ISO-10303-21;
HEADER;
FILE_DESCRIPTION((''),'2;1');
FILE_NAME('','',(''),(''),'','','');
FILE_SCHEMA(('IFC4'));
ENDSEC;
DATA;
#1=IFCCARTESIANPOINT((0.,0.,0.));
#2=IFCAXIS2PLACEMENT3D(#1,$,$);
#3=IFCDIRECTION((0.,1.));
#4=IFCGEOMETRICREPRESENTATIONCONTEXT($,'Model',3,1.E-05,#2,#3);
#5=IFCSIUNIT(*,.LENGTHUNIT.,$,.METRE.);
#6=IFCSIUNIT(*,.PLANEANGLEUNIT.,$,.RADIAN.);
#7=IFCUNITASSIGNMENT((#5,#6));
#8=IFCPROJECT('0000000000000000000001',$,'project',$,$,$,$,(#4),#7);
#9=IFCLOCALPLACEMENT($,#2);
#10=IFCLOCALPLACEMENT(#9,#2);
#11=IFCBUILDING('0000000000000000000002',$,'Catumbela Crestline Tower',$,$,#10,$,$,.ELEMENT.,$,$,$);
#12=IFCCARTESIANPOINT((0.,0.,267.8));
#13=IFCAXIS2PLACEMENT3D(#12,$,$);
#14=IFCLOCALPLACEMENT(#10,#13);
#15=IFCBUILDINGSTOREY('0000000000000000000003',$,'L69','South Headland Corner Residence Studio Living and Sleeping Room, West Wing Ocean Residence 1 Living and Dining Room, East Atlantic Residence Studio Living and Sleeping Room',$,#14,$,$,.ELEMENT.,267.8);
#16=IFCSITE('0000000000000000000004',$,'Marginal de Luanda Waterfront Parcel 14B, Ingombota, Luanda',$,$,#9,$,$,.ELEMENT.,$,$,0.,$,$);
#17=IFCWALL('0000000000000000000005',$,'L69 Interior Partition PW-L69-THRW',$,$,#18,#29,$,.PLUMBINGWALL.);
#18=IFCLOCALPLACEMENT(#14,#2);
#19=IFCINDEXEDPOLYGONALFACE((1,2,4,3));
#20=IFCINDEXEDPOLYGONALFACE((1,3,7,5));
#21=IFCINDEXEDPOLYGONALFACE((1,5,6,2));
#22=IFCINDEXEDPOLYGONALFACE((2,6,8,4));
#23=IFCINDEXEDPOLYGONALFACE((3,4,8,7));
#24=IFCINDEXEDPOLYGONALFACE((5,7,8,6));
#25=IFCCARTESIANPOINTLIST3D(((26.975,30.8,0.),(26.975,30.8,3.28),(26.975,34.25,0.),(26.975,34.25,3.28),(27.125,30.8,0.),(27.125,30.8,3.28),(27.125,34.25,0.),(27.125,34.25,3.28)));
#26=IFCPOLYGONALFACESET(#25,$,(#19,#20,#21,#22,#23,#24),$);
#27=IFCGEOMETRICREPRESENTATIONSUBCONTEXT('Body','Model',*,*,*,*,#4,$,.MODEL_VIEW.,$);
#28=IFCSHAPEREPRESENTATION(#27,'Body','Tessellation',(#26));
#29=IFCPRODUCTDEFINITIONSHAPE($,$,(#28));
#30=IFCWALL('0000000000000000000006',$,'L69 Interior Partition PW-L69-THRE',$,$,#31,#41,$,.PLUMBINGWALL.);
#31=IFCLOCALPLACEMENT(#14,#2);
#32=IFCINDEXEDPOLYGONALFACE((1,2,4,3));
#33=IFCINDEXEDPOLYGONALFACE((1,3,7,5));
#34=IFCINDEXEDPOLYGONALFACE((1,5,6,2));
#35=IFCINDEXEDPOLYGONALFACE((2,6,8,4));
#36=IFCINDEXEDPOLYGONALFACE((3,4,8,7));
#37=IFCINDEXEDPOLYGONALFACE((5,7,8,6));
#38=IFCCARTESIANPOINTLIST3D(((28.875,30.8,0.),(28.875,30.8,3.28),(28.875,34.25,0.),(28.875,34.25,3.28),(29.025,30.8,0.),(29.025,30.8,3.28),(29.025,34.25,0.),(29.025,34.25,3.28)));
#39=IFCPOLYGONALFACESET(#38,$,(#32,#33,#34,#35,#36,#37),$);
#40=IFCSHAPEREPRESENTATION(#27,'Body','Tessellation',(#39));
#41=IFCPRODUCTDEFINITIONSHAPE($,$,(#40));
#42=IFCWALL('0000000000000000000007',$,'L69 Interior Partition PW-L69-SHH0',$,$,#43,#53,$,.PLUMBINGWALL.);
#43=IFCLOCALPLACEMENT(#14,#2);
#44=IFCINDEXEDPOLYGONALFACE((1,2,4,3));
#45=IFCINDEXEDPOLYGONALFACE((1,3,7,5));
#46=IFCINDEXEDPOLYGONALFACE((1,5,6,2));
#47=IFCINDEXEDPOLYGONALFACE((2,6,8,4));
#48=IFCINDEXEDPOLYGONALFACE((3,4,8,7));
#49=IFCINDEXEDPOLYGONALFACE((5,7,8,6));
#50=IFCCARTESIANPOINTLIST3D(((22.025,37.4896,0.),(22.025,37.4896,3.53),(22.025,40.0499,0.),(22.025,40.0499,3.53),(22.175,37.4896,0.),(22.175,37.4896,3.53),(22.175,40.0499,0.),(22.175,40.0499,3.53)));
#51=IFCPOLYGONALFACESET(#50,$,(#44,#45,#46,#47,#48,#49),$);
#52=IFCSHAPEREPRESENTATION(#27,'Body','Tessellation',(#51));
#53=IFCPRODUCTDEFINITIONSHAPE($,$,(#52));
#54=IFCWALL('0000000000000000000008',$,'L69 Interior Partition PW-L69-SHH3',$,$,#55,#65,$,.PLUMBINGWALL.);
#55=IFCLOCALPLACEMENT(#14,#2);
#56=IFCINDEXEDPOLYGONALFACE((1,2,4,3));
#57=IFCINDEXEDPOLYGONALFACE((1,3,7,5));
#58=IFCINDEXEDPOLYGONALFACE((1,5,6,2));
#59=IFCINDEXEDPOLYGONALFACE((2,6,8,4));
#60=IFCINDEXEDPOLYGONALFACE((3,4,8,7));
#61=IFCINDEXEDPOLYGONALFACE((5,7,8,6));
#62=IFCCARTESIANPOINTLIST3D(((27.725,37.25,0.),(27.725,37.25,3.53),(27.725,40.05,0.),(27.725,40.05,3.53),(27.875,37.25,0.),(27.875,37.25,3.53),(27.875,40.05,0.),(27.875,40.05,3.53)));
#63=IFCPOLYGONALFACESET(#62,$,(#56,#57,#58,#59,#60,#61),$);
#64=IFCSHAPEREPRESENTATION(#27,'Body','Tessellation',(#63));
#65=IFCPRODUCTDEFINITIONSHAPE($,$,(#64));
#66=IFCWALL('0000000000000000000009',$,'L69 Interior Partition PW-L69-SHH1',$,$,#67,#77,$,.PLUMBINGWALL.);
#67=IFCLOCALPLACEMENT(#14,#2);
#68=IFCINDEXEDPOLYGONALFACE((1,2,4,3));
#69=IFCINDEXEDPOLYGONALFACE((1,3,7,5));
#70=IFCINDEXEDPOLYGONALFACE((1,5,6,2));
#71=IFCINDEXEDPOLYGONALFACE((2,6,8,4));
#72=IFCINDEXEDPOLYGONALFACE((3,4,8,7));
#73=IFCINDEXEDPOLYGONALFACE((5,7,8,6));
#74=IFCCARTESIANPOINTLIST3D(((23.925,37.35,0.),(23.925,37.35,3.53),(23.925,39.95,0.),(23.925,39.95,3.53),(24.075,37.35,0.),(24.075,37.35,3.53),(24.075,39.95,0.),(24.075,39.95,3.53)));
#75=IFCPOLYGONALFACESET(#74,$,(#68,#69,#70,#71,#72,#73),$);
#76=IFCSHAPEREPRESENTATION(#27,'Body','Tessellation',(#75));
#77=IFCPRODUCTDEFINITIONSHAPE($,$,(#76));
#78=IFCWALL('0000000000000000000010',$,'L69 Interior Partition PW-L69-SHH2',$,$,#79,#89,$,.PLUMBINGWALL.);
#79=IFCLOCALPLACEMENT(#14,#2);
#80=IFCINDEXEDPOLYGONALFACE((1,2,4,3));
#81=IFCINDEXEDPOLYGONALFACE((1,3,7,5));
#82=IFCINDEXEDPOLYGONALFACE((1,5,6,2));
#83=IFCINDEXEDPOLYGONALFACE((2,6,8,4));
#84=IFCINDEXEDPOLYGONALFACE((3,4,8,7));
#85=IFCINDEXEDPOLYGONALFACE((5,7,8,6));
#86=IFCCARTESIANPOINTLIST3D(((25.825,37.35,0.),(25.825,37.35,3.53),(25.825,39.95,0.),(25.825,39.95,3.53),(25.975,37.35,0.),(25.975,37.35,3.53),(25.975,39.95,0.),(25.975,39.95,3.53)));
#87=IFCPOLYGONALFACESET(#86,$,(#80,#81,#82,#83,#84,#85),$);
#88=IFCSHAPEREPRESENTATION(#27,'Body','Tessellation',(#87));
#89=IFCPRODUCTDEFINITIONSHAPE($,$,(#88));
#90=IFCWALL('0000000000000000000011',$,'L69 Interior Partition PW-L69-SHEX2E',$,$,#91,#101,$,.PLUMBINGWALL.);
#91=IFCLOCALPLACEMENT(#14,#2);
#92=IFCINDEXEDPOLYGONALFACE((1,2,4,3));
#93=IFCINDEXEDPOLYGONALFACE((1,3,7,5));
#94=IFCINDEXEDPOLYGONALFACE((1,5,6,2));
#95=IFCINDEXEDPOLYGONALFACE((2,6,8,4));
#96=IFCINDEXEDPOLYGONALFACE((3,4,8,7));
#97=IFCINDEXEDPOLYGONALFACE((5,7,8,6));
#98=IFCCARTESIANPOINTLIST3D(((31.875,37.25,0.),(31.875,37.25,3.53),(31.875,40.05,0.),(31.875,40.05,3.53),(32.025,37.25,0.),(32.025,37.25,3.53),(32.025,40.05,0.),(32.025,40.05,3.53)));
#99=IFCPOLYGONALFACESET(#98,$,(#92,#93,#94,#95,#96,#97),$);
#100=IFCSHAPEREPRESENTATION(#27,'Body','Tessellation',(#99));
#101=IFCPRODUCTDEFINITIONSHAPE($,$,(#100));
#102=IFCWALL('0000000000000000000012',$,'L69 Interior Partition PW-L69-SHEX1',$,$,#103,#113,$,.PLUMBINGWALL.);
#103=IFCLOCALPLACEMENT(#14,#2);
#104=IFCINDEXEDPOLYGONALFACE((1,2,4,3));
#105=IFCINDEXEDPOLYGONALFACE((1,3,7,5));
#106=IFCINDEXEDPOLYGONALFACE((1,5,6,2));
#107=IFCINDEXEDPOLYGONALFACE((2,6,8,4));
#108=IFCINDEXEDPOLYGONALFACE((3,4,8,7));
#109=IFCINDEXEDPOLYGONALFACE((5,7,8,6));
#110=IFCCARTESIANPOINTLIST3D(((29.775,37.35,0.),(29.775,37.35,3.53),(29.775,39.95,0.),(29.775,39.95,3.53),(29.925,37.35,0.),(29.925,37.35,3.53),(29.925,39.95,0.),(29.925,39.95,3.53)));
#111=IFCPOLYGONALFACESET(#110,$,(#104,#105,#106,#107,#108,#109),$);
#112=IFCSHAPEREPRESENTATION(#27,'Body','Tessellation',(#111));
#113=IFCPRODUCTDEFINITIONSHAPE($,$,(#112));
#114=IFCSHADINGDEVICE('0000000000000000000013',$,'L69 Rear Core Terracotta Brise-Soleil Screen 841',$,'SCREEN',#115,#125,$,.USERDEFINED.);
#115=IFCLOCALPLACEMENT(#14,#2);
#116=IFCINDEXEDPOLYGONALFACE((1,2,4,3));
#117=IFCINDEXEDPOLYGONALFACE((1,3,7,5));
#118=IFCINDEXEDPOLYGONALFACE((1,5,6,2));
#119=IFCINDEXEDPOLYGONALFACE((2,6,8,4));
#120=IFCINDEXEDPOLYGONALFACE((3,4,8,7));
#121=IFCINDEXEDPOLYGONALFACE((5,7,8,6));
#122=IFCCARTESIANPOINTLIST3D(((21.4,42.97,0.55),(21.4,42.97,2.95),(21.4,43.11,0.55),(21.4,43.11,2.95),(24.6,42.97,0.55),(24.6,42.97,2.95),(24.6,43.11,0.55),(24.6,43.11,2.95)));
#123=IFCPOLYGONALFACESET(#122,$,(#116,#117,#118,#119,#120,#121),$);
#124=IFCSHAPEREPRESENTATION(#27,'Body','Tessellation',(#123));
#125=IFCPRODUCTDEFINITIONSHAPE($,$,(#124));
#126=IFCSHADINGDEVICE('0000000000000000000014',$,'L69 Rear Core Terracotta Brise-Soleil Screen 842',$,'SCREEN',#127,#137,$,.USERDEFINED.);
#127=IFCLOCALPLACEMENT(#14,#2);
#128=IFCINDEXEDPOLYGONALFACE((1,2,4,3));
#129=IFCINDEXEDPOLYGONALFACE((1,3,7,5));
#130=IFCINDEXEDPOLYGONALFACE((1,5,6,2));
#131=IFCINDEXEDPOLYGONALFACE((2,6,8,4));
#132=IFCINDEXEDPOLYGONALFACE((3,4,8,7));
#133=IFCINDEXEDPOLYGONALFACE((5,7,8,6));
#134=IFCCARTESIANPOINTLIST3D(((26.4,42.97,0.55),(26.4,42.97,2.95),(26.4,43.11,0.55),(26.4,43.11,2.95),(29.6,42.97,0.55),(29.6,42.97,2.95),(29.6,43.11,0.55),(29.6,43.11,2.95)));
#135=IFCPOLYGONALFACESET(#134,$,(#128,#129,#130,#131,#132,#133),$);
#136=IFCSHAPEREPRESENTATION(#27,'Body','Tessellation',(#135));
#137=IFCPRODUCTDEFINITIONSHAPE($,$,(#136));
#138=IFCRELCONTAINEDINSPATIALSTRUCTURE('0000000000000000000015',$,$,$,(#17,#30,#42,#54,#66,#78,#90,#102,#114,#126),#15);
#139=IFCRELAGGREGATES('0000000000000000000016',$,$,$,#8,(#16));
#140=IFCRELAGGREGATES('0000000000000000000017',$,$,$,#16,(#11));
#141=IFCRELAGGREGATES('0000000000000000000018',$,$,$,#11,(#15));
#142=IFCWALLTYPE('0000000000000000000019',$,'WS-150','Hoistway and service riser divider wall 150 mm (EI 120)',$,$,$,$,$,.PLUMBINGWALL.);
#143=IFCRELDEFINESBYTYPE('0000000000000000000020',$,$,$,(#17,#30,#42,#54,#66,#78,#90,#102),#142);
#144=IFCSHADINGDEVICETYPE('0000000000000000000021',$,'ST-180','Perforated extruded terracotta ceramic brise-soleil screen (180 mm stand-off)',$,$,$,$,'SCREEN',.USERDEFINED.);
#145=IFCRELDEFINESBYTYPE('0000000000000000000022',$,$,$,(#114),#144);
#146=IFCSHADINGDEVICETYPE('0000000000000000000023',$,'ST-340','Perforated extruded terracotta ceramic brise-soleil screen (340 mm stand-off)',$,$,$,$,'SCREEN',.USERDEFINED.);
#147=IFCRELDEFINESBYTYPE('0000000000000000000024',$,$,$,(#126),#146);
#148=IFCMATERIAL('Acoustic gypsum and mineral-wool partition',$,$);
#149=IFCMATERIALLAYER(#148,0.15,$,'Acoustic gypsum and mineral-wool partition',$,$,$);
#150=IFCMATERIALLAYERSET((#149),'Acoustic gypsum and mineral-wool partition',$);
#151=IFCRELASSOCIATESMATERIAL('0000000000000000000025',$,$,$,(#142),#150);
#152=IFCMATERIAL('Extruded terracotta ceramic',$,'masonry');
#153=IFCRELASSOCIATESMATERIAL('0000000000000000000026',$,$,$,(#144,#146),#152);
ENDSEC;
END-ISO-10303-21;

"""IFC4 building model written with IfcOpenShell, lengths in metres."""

from ifc_helpers import new_model, si_unit, direction, frame, frame_2d, origin, origin_2d, place, context, subcontext, project, spatial, rectangle, extrude, material, layer, layer_set, type_object, element, save


model = new_model("IFC4")

# Units and contexts
model_context = context("Model", 3, precision=1e-05, world=origin(), true_north=direction((0.0, 1.0)))
body_context = subcontext(model_context, "Body", "Model", "MODEL_VIEW")
ifc_project = project(units=[si_unit("LENGTHUNIT", "METRE"), si_unit("PLANEANGLEUNIT", "RADIAN")], contexts=[model_context])

# Site, building, storey
site_placement = place(None, origin())
site = spatial("IfcSite", under=ifc_project, at=site_placement, Name="Marginal de Luanda Waterfront Parcel 14B, Ingombota, Luanda", CompositionType="ELEMENT", RefElevation=0.0)
building_placement = place(site_placement, origin())
building = spatial("IfcBuilding", under=site, at=building_placement, Name="Catumbela Crestline Tower", CompositionType="ELEMENT")
storey_placement = place(building_placement, frame((0.0, 0.0, 267.8)))
storey = spatial("IfcBuildingStorey", under=building, at=storey_placement, Name="L69", Description="South Headland Corner Residence Studio Living and Sleeping Room, West Wing Ocean Residence 1 Living and Dining Room, East Atlantic Residence Studio Living and Sleeping Room", CompositionType="ELEMENT", Elevation=267.8)

# Shared definitions
ifc_material_1 = material(Name="Acoustic gypsum and mineral-wool partition")

# Walls
ifc_layer_1 = layer(ifc_material_1, 0.15, Name="Acoustic gypsum and mineral-wool partition")
ifc_layer_set_1 = layer_set([ifc_layer_1], Name="Acoustic gypsum and mineral-wool partition")
wall_type_1 = type_object("IfcWallType", Name="WS-150", Description="Hoistway and service riser divider wall 150 mm (EI 120)", PredefinedType="PLUMBINGWALL", material=ifc_layer_set_1)
for number, where, z_axis, x_axis, name in (
    (1, (27.05, 30.8, 0.0), (0.0, 0.0, 1.0), (0.0, 1.0, 0.0), "L69 Interior Partition PW-L69-THRW"),
    (2, (28.95, 30.8, 0.0), (0.0, 0.0, 1.0), (0.0, 1.0, 0.0), "L69 Interior Partition PW-L69-THRE"),
):
    element("IfcWall", number, at=place(storey_placement, frame(where, z_axis=z_axis, x_axis=x_axis)), inside=storey, type_object=wall_type_1, Name=name, PredefinedType="PLUMBINGWALL", context=body_context, shape_type="SweptSolid", body=[
        extrude(rectangle(XDim=3.45, YDim=0.15, at=frame_2d((1.725, 0.0))), origin(), (0.0, 0.0, 1.0), 3.28),
    ])
wall_1_placement = place(storey_placement, frame((22.1, 37.4897, 0.0), z_axis=(0.0, 0.0, 1.0), x_axis=(0.0, 1.0, 0.0)))
element("IfcWall", 3, at=wall_1_placement, inside=storey, type_object=wall_type_1, Name="L69 Interior Partition PW-L69-SHH0", PredefinedType="PLUMBINGWALL", context=body_context, shape_type="SweptSolid", body=[
    extrude(rectangle(XDim=2.5603, YDim=0.15, at=frame_2d((1.2801, 0.0))), origin(), (0.0, 0.0, 1.0), 3.53),
])
wall_2_placement = place(storey_placement, frame((27.8, 37.25, 0.0), z_axis=(0.0, 0.0, 1.0), x_axis=(0.0, 1.0, 0.0)))
element("IfcWall", 4, at=wall_2_placement, inside=storey, type_object=wall_type_1, Name="L69 Interior Partition PW-L69-SHH3", PredefinedType="PLUMBINGWALL", context=body_context, shape_type="SweptSolid", body=[
    extrude(rectangle(XDim=2.8, YDim=0.15, at=frame_2d((1.4, 0.0))), origin(), (0.0, 0.0, 1.0), 3.53),
])
for number, where, z_axis, x_axis, name in (
    (5, (24.0, 37.35, 0.0), (0.0, 0.0, 1.0), (0.0, 1.0, 0.0), "L69 Interior Partition PW-L69-SHH1"),
    (6, (25.9, 37.35, 0.0), (0.0, 0.0, 1.0), (0.0, 1.0, 0.0), "L69 Interior Partition PW-L69-SHH2"),
):
    element("IfcWall", number, at=place(storey_placement, frame(where, z_axis=z_axis, x_axis=x_axis)), inside=storey, type_object=wall_type_1, Name=name, PredefinedType="PLUMBINGWALL", context=body_context, shape_type="SweptSolid", body=[
        extrude(rectangle(XDim=2.6, YDim=0.15, at=frame_2d((1.3, 0.0))), origin(), (0.0, 0.0, 1.0), 3.53),
    ])
wall_3_placement = place(storey_placement, frame((31.95, 37.25, 0.0), z_axis=(0.0, 0.0, 1.0), x_axis=(0.0, 1.0, 0.0)))
element("IfcWall", 7, at=wall_3_placement, inside=storey, type_object=wall_type_1, Name="L69 Interior Partition PW-L69-SHEX2E", PredefinedType="PLUMBINGWALL", context=body_context, shape_type="SweptSolid", body=[
    extrude(rectangle(XDim=2.8, YDim=0.15, at=frame_2d((1.4, 0.0))), origin(), (0.0, 0.0, 1.0), 3.53),
])
wall_4_placement = place(storey_placement, frame((29.85, 37.35, 0.0), z_axis=(0.0, 0.0, 1.0), x_axis=(0.0, 1.0, 0.0)))
element("IfcWall", 8, at=wall_4_placement, inside=storey, type_object=wall_type_1, Name="L69 Interior Partition PW-L69-SHEX1", PredefinedType="PLUMBINGWALL", context=body_context, shape_type="SweptSolid", body=[
    extrude(rectangle(XDim=2.6, YDim=0.15, at=frame_2d((1.3, 0.0))), origin(), (0.0, 0.0, 1.0), 3.53),
])

# Shading devices
ifc_material_2 = material(Name="Extruded terracotta ceramic", Category="masonry")
shading_device_type_1 = type_object("IfcShadingDeviceType", Name="ST-180", Description="Perforated extruded terracotta ceramic brise-soleil screen (180 mm stand-off)", ElementType="SCREEN", PredefinedType="USERDEFINED", material=ifc_material_2)
shading_device_1_placement = place(storey_placement, frame((23.0, 43.04, 0.55), z_axis=(0.0, 0.0, 1.0), x_axis=(1.0, 0.0, 0.0)))
element("IfcShadingDevice", 9, at=shading_device_1_placement, inside=storey, type_object=shading_device_type_1, Name="L69 Rear Core Terracotta Brise-Soleil Screen 841", ObjectType="SCREEN", PredefinedType="USERDEFINED", context=body_context, shape_type="SweptSolid", body=[
    extrude(rectangle(XDim=3.2, YDim=0.14, at=origin_2d()), origin(), (0.0, 0.0, 1.0), 2.4),
])
shading_device_type_2 = type_object("IfcShadingDeviceType", Name="ST-340", Description="Perforated extruded terracotta ceramic brise-soleil screen (340 mm stand-off)", ElementType="SCREEN", PredefinedType="USERDEFINED", material=ifc_material_2)
shading_device_2_placement = place(storey_placement, frame((28.0, 43.04, 0.55), z_axis=(0.0, 0.0, 1.0), x_axis=(1.0, 0.0, 0.0)))
element("IfcShadingDevice", 10, at=shading_device_2_placement, inside=storey, type_object=shading_device_type_2, Name="L69 Rear Core Terracotta Brise-Soleil Screen 842", ObjectType="SCREEN", PredefinedType="USERDEFINED", context=body_context, shape_type="SweptSolid", body=[
    extrude(rectangle(XDim=3.2, YDim=0.14, at=origin_2d()), origin(), (0.0, 0.0, 1.0), 2.4),
])

save(model, "model.ifc")
